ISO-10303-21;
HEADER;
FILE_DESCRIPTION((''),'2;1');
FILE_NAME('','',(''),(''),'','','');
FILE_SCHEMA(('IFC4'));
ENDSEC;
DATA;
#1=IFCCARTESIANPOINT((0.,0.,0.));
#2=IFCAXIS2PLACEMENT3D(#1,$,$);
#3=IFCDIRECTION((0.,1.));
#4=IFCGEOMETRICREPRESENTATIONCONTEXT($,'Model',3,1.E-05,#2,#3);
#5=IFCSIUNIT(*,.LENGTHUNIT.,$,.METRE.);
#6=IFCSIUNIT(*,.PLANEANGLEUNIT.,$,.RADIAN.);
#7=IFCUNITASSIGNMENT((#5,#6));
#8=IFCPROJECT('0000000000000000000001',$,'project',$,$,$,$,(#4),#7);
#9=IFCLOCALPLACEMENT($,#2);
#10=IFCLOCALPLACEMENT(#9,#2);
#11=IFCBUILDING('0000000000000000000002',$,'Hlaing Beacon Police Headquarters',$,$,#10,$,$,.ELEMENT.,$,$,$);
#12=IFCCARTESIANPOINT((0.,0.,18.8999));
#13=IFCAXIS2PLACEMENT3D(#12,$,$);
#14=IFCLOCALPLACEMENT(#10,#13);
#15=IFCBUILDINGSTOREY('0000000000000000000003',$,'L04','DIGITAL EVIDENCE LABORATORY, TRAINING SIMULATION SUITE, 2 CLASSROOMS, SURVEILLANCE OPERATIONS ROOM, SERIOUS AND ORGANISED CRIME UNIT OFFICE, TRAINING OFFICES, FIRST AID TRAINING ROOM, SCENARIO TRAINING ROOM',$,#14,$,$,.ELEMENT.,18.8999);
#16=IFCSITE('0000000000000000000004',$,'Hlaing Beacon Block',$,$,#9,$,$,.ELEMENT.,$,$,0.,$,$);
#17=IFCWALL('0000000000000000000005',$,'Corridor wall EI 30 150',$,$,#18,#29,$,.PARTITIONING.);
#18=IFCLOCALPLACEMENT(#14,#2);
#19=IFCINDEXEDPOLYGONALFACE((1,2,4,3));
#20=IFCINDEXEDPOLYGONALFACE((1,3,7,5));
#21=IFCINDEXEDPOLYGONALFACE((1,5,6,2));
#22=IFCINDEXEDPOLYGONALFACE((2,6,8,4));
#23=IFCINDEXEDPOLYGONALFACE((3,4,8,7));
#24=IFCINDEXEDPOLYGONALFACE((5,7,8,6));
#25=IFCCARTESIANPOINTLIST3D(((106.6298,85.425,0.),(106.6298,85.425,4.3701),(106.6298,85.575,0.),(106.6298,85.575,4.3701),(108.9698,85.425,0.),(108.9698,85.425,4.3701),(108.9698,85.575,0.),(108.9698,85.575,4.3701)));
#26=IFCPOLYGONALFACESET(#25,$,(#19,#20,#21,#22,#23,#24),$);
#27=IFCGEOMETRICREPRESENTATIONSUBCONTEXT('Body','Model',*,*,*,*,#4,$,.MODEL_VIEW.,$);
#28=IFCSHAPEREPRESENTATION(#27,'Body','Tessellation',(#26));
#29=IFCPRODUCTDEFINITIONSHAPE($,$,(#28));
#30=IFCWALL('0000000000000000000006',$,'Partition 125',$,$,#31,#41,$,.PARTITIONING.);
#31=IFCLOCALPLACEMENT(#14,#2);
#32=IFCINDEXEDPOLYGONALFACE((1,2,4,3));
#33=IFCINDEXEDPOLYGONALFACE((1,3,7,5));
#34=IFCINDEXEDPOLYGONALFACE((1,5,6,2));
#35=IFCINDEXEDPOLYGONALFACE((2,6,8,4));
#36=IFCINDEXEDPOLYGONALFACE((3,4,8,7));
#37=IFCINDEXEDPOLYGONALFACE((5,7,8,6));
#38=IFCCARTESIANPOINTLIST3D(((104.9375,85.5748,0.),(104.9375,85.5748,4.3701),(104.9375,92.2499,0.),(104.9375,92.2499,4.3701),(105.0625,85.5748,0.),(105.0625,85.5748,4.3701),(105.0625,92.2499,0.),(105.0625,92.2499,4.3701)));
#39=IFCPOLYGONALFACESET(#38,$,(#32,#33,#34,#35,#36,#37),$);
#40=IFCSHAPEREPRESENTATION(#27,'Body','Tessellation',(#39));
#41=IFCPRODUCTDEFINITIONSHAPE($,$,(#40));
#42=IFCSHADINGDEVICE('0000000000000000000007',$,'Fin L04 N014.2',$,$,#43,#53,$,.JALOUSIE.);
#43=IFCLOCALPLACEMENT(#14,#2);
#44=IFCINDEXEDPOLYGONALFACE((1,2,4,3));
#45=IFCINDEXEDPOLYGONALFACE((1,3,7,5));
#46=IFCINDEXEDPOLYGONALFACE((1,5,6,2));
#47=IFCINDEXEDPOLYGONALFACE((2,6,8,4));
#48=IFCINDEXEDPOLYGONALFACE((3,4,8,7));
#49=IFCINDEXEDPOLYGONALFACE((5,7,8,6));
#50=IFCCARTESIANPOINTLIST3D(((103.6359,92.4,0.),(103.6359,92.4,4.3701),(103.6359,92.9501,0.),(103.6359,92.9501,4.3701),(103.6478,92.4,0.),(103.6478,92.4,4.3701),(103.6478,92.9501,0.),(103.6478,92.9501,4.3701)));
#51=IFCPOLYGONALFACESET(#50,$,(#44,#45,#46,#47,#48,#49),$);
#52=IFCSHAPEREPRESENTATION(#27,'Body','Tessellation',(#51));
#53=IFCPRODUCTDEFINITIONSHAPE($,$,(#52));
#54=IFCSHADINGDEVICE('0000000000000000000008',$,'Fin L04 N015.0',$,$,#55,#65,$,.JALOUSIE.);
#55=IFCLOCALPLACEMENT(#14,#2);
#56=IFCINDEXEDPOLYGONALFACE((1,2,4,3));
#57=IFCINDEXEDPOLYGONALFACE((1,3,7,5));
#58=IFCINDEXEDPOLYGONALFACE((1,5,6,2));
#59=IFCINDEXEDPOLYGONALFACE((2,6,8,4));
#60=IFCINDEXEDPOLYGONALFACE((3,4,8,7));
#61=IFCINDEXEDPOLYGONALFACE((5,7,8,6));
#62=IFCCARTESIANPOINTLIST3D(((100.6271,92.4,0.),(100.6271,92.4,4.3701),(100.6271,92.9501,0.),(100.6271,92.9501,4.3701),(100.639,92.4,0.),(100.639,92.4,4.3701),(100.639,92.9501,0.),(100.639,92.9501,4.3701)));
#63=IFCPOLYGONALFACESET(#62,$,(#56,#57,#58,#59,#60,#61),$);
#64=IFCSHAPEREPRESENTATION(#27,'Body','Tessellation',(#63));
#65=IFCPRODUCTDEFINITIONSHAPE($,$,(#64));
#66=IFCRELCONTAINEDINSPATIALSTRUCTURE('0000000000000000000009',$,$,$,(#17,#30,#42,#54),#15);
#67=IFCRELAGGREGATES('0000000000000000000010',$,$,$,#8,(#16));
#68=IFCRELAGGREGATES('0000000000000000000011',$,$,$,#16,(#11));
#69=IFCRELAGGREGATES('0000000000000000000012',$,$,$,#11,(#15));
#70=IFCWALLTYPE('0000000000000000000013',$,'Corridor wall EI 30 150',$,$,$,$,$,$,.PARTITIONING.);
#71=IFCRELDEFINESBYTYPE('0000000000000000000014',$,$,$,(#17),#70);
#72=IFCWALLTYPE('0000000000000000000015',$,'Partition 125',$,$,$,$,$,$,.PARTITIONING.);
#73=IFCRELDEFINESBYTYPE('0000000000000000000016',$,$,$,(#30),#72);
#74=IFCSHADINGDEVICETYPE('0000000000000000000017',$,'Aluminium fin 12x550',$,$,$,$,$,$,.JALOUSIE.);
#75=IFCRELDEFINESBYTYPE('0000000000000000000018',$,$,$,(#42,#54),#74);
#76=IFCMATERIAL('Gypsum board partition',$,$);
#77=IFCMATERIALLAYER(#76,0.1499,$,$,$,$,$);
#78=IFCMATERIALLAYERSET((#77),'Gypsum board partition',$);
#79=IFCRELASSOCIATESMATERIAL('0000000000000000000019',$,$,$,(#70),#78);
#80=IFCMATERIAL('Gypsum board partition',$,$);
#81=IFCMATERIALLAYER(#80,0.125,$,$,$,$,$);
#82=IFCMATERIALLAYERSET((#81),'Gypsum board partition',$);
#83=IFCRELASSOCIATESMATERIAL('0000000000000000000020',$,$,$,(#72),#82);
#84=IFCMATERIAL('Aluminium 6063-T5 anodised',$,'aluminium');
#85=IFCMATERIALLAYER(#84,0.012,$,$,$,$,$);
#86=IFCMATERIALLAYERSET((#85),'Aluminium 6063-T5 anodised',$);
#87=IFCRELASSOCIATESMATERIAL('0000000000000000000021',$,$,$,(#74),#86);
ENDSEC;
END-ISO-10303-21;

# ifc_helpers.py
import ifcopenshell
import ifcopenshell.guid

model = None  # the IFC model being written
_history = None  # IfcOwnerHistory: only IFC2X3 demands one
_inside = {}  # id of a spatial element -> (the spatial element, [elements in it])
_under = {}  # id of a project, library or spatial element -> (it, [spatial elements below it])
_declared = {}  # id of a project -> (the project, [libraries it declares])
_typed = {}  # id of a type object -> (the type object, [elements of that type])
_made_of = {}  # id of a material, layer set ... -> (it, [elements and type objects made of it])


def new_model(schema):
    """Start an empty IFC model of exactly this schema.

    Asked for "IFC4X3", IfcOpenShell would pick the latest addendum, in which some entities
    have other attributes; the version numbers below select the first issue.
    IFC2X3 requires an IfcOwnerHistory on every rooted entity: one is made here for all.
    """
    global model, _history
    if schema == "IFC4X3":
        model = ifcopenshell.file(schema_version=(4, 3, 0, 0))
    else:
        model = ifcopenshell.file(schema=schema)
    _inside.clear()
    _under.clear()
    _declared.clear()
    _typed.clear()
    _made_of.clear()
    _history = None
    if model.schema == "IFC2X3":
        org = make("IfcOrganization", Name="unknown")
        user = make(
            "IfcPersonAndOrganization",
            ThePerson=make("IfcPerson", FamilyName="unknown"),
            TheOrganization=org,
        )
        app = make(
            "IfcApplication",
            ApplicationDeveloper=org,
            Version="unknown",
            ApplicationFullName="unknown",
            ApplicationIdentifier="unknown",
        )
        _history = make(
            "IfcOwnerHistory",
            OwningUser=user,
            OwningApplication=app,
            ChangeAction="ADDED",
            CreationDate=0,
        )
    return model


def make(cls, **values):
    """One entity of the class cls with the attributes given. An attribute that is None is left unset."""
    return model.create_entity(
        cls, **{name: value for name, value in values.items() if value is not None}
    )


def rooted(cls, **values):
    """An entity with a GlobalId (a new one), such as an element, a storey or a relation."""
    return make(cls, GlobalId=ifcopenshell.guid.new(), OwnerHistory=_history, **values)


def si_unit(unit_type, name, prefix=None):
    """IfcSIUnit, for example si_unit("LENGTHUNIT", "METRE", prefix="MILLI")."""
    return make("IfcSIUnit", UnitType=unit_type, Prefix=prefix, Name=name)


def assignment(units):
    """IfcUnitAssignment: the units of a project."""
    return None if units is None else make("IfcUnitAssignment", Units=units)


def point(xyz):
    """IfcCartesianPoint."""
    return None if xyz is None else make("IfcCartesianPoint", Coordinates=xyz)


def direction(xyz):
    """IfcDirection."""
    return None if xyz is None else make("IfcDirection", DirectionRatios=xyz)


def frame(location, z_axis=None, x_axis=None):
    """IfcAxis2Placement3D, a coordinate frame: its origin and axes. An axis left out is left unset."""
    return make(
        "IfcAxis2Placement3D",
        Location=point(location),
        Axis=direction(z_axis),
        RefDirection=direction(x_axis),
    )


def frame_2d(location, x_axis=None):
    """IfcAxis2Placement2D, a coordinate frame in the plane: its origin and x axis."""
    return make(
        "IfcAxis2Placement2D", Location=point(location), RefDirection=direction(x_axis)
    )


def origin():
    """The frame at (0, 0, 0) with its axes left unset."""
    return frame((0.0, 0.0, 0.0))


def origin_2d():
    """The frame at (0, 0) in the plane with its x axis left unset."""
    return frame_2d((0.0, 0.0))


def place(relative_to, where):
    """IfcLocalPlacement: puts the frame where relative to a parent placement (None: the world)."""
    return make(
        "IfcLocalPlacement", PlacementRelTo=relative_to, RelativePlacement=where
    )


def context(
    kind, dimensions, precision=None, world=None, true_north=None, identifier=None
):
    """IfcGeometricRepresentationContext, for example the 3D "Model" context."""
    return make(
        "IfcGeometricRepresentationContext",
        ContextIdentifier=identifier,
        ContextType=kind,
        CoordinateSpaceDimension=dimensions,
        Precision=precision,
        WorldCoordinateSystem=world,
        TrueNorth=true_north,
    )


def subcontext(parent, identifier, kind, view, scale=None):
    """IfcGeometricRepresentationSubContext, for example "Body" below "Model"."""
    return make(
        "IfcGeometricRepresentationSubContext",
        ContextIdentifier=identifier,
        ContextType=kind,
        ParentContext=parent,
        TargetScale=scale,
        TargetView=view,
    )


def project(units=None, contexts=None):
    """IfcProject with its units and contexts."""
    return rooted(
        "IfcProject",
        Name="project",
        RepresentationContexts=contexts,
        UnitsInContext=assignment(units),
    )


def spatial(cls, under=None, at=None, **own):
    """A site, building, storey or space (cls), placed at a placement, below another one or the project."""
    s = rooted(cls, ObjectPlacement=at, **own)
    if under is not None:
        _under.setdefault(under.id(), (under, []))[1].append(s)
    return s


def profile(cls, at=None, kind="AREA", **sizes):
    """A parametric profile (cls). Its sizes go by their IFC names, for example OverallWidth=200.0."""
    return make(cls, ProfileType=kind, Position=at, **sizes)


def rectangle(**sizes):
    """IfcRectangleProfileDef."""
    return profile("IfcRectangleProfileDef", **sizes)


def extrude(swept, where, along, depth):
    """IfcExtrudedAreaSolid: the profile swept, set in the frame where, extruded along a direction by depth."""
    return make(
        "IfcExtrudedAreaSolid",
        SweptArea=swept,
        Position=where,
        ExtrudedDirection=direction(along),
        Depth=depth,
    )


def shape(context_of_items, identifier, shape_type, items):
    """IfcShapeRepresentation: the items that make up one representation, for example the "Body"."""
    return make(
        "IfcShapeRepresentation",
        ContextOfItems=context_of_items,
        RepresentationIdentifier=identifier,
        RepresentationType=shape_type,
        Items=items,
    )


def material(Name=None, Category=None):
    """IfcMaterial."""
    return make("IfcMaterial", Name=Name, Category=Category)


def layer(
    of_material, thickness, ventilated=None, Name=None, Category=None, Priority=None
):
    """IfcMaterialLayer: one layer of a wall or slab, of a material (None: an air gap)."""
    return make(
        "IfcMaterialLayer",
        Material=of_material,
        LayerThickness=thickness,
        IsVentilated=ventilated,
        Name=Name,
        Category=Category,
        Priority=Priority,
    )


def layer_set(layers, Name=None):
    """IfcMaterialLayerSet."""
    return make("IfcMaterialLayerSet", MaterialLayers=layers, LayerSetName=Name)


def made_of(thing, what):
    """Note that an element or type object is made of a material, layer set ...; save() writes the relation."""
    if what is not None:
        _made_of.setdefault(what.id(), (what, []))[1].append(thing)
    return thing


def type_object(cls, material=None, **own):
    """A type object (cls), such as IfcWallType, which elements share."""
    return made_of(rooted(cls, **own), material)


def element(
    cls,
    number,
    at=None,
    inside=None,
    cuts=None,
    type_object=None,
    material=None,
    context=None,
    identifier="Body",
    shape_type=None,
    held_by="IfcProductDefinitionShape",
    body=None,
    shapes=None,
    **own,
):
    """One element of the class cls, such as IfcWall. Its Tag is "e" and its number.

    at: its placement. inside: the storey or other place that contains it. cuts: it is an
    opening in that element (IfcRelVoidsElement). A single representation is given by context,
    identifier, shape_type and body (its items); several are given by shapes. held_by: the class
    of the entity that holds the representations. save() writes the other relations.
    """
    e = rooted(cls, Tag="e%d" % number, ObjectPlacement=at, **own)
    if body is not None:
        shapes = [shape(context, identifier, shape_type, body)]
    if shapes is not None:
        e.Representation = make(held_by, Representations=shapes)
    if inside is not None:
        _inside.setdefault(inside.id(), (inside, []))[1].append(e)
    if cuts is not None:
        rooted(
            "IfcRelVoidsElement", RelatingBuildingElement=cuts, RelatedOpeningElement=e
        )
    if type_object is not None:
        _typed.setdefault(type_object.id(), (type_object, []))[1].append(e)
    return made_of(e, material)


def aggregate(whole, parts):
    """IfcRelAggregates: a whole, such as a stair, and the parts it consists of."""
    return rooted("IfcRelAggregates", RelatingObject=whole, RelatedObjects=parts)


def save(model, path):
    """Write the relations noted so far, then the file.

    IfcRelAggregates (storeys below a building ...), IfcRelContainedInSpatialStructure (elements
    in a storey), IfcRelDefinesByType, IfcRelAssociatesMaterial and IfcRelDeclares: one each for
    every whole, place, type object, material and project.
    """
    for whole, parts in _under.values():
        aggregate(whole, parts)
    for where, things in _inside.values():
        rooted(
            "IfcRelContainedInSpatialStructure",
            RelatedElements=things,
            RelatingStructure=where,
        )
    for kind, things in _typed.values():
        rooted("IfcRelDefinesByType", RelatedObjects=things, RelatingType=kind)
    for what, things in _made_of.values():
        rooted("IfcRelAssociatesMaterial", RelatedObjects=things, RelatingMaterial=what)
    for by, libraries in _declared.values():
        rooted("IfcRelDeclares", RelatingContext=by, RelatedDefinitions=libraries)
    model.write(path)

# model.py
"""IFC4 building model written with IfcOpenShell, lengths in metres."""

from ifc_helpers import new_model, si_unit, direction, frame, frame_2d, origin, origin_2d, place, context, subcontext, project, spatial, rectangle, extrude, material, layer, layer_set, type_object, element, save


model = new_model("IFC4")

# Units and contexts
model_context = context("Model", 3, precision=1e-05, world=origin(), true_north=direction((0.0, 1.0)))
body_context = subcontext(model_context, "Body", "Model", "MODEL_VIEW")
ifc_project = project(units=[si_unit("LENGTHUNIT", "METRE"), si_unit("PLANEANGLEUNIT", "RADIAN")], contexts=[model_context])

# Site, building, storey
site_placement = place(None, origin())
site = spatial("IfcSite", under=ifc_project, at=site_placement, Name="Hlaing Beacon Block", CompositionType="ELEMENT", RefElevation=0.0)
building_placement = place(site_placement, origin())
building = spatial("IfcBuilding", under=site, at=building_placement, Name="Hlaing Beacon Police Headquarters", CompositionType="ELEMENT")
storey_placement = place(building_placement, frame((0.0, 0.0, 18.8999)))
storey = spatial("IfcBuildingStorey", under=building, at=storey_placement, Name="L04", Description="DIGITAL EVIDENCE LABORATORY, TRAINING SIMULATION SUITE, 2 CLASSROOMS, SURVEILLANCE OPERATIONS ROOM, SERIOUS AND ORGANISED CRIME UNIT OFFICE, TRAINING OFFICES, FIRST AID TRAINING ROOM, SCENARIO TRAINING ROOM", CompositionType="ELEMENT", Elevation=18.8999)

# Shared definitions
ifc_material_1 = material(Name="Gypsum board partition")
ifc_layer_1 = layer(ifc_material_1, 0.1499)
ifc_layer_set_1 = layer_set([ifc_layer_1], Name="Gypsum board partition")
wall_type_1 = type_object("IfcWallType", Name="Corridor wall EI 30 150", PredefinedType="PARTITIONING", material=ifc_layer_set_1)

# Walls
wall_1_placement = place(storey_placement, frame((106.6299, 85.5, 0.0), z_axis=(0.0, 0.0, 1.0), x_axis=(1.0, 0.0, 0.0)))
element("IfcWall", 1, at=wall_1_placement, inside=storey, type_object=wall_type_1, Name="Corridor wall EI 30 150", PredefinedType="PARTITIONING", context=body_context, shape_type="SweptSolid", body=[
    extrude(rectangle(XDim=2.3401, YDim=0.1499, at=frame_2d((1.1699, 0.0))), origin(), (0.0, 0.0, 1.0), 4.3701),
])
ifc_material_2 = material(Name="Gypsum board partition")
ifc_layer_2 = layer(ifc_material_2, 0.125)
ifc_layer_set_2 = layer_set([ifc_layer_2], Name="Gypsum board partition")
wall_type_2 = type_object("IfcWallType", Name="Partition 125", PredefinedType="PARTITIONING", material=ifc_layer_set_2)
wall_2_placement = place(storey_placement, frame((105.0, 85.575, 0.0), z_axis=(0.0, 0.0, 1.0), x_axis=(0.0, 1.0, 0.0)))
element("IfcWall", 2, at=wall_2_placement, inside=storey, type_object=wall_type_2, Name="Partition 125", PredefinedType="PARTITIONING", context=body_context, shape_type="SweptSolid", body=[
    extrude(rectangle(XDim=6.675, YDim=0.125, at=frame_2d((3.3374, 0.0))), origin(), (0.0, 0.0, 1.0), 4.3701),
])

# Shading devices
ifc_material_3 = material(Name="Aluminium 6063-T5 anodised", Category="aluminium")
ifc_layer_3 = layer(ifc_material_3, 0.012)
ifc_layer_set_3 = layer_set([ifc_layer_3], Name="Aluminium 6063-T5 anodised")
shading_device_type = type_object("IfcShadingDeviceType", Name="Aluminium fin 12x550", PredefinedType="JALOUSIE", material=ifc_layer_set_3)
for number, where, z_axis, x_axis, name in (
    (3, (103.6418, 92.675, 0.0), (0.0, 0.0, 1.0), (-1.0, 0.0, 0.0), "Fin L04 N014.2"),
    (4, (100.6331, 92.675, 0.0), (0.0, 0.0, 1.0), (-1.0, 0.0, 0.0), "Fin L04 N015.0"),
):
    element("IfcShadingDevice", number, at=place(storey_placement, frame(where, z_axis=z_axis, x_axis=x_axis)), inside=storey, type_object=shading_device_type, Name=name, PredefinedType="JALOUSIE", context=body_context, shape_type="SweptSolid", body=[
        extrude(rectangle(XDim=0.012, YDim=0.55, at=origin_2d()), origin(), (0.0, 0.0, 1.0), 4.3701),
    ])

save(model, "model.ifc")
